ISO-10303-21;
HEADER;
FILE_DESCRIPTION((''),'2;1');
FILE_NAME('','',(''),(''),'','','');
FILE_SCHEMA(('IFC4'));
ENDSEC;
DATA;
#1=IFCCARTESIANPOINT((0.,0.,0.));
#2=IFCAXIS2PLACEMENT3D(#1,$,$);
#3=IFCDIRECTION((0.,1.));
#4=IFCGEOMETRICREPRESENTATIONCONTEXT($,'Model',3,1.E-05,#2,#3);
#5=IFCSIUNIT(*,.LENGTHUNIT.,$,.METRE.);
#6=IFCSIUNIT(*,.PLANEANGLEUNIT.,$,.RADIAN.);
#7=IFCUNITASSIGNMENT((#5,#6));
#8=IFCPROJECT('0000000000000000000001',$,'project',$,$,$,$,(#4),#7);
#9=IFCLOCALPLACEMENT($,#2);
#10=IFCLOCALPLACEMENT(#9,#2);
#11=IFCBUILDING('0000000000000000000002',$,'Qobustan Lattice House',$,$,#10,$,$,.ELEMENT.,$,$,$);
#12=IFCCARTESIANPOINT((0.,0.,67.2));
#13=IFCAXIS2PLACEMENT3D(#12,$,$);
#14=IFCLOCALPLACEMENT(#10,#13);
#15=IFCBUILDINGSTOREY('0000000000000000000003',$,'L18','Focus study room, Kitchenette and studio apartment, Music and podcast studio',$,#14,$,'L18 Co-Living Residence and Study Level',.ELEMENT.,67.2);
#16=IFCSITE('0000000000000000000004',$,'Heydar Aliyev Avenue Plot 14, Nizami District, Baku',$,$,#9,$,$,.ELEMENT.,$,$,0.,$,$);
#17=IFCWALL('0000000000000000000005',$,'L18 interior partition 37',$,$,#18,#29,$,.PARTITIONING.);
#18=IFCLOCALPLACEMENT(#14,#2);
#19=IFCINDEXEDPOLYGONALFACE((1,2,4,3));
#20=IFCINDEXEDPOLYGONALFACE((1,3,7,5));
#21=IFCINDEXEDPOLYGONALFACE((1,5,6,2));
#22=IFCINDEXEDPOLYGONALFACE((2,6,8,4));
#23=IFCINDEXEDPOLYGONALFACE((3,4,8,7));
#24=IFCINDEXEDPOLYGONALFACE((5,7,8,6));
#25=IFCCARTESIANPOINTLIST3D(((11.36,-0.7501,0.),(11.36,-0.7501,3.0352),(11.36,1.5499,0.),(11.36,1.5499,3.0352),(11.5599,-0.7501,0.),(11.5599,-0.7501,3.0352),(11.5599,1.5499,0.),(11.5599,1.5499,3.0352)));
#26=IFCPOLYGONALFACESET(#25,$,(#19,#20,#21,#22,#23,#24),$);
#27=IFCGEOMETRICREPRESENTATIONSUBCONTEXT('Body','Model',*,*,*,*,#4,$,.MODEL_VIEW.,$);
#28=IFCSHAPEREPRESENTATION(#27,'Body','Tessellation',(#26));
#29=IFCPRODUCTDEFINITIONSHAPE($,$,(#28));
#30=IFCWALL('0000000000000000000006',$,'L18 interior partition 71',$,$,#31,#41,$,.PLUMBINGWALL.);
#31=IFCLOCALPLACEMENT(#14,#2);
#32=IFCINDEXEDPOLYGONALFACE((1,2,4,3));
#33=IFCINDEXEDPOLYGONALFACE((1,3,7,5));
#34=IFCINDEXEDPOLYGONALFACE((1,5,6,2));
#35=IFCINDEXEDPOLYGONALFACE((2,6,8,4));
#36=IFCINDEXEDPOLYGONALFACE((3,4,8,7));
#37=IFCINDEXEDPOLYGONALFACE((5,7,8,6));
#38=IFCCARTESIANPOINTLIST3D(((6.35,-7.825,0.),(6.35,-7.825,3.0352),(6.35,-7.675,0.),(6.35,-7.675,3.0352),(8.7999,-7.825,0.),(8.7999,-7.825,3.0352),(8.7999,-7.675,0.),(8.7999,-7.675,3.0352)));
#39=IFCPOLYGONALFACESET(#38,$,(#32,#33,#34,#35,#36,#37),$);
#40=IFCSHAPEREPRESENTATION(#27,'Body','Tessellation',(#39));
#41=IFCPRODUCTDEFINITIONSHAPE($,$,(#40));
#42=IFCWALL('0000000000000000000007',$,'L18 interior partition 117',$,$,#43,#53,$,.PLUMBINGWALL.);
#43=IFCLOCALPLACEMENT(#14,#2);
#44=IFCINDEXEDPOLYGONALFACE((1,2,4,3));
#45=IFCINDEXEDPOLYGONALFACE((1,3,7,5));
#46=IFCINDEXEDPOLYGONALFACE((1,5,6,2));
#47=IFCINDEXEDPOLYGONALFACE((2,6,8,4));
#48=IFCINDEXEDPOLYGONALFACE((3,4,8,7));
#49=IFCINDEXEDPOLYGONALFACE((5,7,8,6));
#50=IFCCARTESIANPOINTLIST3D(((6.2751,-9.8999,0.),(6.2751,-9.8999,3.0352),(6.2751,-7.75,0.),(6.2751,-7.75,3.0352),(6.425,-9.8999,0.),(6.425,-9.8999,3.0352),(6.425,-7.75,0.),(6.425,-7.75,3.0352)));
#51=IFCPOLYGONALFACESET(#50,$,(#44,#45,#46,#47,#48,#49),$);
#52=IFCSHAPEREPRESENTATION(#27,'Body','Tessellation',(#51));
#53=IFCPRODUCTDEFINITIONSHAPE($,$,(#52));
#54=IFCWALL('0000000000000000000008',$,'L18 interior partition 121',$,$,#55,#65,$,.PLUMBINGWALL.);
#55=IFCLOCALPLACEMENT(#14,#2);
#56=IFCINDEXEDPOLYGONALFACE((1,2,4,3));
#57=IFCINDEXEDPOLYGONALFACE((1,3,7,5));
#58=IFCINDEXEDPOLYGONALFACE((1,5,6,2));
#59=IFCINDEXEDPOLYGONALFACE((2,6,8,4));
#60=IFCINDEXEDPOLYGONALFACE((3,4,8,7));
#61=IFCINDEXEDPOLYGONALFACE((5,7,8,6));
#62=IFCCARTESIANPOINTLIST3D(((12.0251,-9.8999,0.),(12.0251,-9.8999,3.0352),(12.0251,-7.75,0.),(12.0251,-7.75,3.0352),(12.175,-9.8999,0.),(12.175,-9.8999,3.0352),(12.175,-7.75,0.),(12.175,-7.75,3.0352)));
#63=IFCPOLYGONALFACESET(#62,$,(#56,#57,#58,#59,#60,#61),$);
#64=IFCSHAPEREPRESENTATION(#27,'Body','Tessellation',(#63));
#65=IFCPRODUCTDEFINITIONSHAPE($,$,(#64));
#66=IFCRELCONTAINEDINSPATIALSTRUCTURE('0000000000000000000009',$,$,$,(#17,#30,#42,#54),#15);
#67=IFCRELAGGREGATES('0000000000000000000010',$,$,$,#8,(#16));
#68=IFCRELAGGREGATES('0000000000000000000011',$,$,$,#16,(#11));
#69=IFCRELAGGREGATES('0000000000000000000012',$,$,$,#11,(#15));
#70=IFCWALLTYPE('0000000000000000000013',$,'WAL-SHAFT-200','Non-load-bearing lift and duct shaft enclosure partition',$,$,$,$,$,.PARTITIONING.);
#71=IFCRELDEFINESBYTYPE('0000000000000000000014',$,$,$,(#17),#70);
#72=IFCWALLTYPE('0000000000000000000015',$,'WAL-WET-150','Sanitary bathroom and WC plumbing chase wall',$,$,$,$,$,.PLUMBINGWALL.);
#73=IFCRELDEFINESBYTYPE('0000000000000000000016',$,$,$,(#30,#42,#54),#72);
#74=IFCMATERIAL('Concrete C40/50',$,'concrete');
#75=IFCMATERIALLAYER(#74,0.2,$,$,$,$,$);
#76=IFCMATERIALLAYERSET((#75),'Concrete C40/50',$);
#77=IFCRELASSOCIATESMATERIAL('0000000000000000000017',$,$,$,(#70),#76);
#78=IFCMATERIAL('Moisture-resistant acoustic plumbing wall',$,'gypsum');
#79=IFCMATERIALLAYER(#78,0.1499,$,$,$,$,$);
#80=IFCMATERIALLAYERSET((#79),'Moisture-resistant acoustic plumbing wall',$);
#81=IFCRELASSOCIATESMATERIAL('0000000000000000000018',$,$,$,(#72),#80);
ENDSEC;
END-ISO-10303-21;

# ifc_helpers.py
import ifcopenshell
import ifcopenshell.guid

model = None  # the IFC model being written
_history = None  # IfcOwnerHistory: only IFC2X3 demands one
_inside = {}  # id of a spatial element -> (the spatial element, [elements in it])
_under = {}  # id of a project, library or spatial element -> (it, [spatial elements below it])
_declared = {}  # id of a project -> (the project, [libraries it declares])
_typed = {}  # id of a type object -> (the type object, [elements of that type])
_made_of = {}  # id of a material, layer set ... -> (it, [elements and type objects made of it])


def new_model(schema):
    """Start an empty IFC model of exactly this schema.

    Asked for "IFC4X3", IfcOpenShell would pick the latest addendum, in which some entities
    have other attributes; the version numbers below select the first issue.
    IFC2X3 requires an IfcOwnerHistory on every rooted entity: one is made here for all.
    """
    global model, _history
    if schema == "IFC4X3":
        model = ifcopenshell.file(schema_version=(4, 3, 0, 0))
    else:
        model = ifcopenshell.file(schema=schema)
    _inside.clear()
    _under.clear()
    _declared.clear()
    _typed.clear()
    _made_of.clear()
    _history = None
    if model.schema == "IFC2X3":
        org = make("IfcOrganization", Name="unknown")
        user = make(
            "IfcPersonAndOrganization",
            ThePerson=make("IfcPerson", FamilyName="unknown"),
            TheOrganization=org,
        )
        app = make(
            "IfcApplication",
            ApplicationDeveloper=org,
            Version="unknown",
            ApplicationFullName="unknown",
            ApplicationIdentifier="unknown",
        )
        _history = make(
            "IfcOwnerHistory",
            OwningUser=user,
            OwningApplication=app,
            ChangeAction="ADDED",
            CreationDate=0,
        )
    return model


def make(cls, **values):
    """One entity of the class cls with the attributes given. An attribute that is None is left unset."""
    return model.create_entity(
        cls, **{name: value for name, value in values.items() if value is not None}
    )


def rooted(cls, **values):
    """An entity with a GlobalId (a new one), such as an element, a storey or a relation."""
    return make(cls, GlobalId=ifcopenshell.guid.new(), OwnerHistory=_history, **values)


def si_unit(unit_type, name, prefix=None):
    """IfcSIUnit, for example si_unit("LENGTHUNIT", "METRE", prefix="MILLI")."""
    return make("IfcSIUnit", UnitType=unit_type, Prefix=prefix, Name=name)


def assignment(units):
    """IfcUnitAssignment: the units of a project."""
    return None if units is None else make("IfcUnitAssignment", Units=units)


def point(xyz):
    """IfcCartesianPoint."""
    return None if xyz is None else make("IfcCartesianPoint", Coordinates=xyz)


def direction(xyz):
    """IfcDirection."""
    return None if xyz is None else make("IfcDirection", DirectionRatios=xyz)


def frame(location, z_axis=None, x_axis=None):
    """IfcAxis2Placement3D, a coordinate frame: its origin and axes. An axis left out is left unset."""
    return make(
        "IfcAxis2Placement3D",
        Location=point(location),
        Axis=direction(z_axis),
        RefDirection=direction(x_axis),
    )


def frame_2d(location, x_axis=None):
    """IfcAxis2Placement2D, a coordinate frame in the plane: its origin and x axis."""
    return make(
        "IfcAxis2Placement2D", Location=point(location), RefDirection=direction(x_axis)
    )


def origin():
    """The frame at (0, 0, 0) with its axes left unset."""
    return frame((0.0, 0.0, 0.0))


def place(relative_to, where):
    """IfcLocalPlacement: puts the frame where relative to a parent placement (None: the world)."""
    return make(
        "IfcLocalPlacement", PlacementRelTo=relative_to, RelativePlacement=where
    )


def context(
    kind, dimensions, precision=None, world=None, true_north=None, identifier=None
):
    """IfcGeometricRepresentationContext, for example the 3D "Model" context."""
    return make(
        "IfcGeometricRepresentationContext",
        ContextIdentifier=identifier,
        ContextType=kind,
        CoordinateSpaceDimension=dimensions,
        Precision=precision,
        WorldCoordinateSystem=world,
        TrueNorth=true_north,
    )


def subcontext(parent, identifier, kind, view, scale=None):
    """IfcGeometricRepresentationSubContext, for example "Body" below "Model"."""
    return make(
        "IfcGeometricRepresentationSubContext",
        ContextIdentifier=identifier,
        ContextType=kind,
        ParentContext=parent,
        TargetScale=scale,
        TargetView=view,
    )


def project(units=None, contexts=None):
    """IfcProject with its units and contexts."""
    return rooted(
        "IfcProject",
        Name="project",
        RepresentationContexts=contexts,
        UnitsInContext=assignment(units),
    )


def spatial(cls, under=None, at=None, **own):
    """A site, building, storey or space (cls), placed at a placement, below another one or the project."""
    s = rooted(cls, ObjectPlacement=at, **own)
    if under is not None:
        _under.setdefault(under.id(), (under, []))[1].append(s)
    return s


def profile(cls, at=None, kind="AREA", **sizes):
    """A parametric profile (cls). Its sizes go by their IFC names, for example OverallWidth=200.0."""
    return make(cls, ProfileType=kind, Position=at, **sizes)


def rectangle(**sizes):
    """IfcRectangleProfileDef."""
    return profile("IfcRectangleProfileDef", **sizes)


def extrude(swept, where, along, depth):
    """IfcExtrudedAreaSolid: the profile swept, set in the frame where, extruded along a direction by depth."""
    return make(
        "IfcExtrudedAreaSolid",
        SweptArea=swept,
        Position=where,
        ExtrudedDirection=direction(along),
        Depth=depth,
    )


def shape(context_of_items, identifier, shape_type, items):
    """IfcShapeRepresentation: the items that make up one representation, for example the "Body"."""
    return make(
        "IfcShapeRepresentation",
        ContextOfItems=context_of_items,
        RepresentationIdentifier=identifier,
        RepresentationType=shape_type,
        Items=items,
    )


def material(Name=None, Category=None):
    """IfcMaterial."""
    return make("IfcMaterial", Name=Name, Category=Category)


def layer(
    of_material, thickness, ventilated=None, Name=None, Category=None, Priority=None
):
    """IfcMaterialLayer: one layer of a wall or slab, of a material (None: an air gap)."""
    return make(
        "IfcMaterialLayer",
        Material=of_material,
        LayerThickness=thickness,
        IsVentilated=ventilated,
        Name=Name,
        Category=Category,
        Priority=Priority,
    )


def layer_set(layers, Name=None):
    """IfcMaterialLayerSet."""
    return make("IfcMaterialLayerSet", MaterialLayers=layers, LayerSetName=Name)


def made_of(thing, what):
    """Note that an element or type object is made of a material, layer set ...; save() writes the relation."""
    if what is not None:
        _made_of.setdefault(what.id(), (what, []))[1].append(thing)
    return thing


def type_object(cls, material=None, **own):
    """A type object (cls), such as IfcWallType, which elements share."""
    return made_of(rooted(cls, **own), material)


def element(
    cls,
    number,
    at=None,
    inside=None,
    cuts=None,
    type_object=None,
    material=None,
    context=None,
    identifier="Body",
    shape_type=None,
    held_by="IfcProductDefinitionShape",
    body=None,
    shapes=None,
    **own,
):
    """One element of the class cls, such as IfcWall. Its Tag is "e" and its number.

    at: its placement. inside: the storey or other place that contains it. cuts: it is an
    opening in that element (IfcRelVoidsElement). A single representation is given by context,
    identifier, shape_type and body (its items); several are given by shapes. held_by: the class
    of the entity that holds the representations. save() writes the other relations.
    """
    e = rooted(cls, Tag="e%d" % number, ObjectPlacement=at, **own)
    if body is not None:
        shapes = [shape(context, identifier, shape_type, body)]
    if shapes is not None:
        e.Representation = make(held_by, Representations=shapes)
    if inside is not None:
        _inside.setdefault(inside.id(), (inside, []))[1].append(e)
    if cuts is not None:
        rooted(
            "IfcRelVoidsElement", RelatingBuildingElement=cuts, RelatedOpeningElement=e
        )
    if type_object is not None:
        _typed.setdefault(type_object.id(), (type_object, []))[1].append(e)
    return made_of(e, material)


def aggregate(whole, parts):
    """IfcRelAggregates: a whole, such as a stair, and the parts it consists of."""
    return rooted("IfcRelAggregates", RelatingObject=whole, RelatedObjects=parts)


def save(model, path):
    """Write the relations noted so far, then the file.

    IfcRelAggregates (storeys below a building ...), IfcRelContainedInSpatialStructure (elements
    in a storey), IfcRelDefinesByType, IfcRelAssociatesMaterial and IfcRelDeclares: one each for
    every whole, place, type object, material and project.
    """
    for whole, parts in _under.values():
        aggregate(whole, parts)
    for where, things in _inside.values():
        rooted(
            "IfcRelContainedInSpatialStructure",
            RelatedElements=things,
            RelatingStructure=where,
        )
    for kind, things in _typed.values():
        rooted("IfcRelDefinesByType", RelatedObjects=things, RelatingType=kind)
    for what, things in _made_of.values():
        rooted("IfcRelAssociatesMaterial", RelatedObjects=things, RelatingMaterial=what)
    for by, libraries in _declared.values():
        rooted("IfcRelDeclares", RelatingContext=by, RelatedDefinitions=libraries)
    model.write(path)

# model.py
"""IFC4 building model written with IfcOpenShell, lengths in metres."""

from ifc_helpers import new_model, si_unit, direction, frame, frame_2d, origin, place, context, subcontext, project, spatial, rectangle, extrude, material, layer, layer_set, type_object, element, save


model = new_model("IFC4")

# Units and contexts
model_context = context("Model", 3, precision=1e-05, world=origin(), true_north=direction((0.0, 1.0)))
body_context = subcontext(model_context, "Body", "Model", "MODEL_VIEW")
ifc_project = project(units=[si_unit("LENGTHUNIT", "METRE"), si_unit("PLANEANGLEUNIT", "RADIAN")], contexts=[model_context])

# Site, building, storey
site_placement = place(None, origin())
site = spatial("IfcSite", under=ifc_project, at=site_placement, Name="Heydar Aliyev Avenue Plot 14, Nizami District, Baku", CompositionType="ELEMENT", RefElevation=0.0)
building_placement = place(site_placement, origin())
building = spatial("IfcBuilding", under=site, at=building_placement, Name="Qobustan Lattice House", CompositionType="ELEMENT")
storey_placement = place(building_placement, frame((0.0, 0.0, 67.2)))
storey = spatial("IfcBuildingStorey", under=building, at=storey_placement, Name="L18", Description="Focus study room, Kitchenette and studio apartment, Music and podcast studio", LongName="L18 Co-Living Residence and Study Level", CompositionType="ELEMENT", Elevation=67.2)

# Walls
ifc_material_1 = material(Name="Concrete C40/50", Category="concrete")
ifc_layer_1 = layer(ifc_material_1, 0.2)
ifc_layer_set_1 = layer_set([ifc_layer_1], Name="Concrete C40/50")
wall_type_1 = type_object("IfcWallType", Name="WAL-SHAFT-200", Description="Non-load-bearing lift and duct shaft enclosure partition", PredefinedType="PARTITIONING", material=ifc_layer_set_1)
wall_1_placement = place(storey_placement, frame((11.46, -0.75, 0.0), z_axis=(0.0, 0.0, 1.0), x_axis=(0.0, 1.0, 0.0)))
element("IfcWall", 1, at=wall_1_placement, inside=storey, type_object=wall_type_1, Name="L18 interior partition 37", PredefinedType="PARTITIONING", context=body_context, shape_type="SweptSolid", body=[
    extrude(rectangle(XDim=2.3, YDim=0.2, at=frame_2d((1.1499, 0.0))), origin(), (0.0, 0.0, 1.0), 3.0352),
])
ifc_material_2 = material(Name="Moisture-resistant acoustic plumbing wall", Category="gypsum")
ifc_layer_2 = layer(ifc_material_2, 0.1499)
ifc_layer_set_2 = layer_set([ifc_layer_2], Name="Moisture-resistant acoustic plumbing wall")
wall_type_2 = type_object("IfcWallType", Name="WAL-WET-150", Description="Sanitary bathroom and WC plumbing chase wall", PredefinedType="PLUMBINGWALL", material=ifc_layer_set_2)
wall_2_placement = place(storey_placement, frame((8.8, -7.75, 0.0), z_axis=(0.0, 0.0, 1.0), x_axis=(-1.0, 0.0, 0.0)))
element("IfcWall", 2, at=wall_2_placement, inside=storey, type_object=wall_type_2, Name="L18 interior partition 71", PredefinedType="PLUMBINGWALL", context=body_context, shape_type="SweptSolid", body=[
    extrude(rectangle(XDim=2.45, YDim=0.1499, at=frame_2d((1.2251, 0.0))), origin(), (0.0, 0.0, 1.0), 3.0352),
])
for number, where, z_axis, x_axis, name in (
    (3, (6.3501, -7.75, 0.0), (0.0, 0.0, 1.0), (0.0, -1.0, 0.0), "L18 interior partition 117"),
    (4, (12.1001, -7.75, 0.0), (0.0, 0.0, 1.0), (0.0, -1.0, 0.0), "L18 interior partition 121"),
):
    element("IfcWall", number, at=place(storey_placement, frame(where, z_axis=z_axis, x_axis=x_axis)), inside=storey, type_object=wall_type_2, Name=name, PredefinedType="PLUMBINGWALL", context=body_context, shape_type="SweptSolid", body=[
        extrude(rectangle(XDim=2.1499, YDim=0.1499, at=frame_2d((1.075, 0.0))), origin(), (0.0, 0.0, 1.0), 3.0352),
    ])

save(model, "model.ifc")
